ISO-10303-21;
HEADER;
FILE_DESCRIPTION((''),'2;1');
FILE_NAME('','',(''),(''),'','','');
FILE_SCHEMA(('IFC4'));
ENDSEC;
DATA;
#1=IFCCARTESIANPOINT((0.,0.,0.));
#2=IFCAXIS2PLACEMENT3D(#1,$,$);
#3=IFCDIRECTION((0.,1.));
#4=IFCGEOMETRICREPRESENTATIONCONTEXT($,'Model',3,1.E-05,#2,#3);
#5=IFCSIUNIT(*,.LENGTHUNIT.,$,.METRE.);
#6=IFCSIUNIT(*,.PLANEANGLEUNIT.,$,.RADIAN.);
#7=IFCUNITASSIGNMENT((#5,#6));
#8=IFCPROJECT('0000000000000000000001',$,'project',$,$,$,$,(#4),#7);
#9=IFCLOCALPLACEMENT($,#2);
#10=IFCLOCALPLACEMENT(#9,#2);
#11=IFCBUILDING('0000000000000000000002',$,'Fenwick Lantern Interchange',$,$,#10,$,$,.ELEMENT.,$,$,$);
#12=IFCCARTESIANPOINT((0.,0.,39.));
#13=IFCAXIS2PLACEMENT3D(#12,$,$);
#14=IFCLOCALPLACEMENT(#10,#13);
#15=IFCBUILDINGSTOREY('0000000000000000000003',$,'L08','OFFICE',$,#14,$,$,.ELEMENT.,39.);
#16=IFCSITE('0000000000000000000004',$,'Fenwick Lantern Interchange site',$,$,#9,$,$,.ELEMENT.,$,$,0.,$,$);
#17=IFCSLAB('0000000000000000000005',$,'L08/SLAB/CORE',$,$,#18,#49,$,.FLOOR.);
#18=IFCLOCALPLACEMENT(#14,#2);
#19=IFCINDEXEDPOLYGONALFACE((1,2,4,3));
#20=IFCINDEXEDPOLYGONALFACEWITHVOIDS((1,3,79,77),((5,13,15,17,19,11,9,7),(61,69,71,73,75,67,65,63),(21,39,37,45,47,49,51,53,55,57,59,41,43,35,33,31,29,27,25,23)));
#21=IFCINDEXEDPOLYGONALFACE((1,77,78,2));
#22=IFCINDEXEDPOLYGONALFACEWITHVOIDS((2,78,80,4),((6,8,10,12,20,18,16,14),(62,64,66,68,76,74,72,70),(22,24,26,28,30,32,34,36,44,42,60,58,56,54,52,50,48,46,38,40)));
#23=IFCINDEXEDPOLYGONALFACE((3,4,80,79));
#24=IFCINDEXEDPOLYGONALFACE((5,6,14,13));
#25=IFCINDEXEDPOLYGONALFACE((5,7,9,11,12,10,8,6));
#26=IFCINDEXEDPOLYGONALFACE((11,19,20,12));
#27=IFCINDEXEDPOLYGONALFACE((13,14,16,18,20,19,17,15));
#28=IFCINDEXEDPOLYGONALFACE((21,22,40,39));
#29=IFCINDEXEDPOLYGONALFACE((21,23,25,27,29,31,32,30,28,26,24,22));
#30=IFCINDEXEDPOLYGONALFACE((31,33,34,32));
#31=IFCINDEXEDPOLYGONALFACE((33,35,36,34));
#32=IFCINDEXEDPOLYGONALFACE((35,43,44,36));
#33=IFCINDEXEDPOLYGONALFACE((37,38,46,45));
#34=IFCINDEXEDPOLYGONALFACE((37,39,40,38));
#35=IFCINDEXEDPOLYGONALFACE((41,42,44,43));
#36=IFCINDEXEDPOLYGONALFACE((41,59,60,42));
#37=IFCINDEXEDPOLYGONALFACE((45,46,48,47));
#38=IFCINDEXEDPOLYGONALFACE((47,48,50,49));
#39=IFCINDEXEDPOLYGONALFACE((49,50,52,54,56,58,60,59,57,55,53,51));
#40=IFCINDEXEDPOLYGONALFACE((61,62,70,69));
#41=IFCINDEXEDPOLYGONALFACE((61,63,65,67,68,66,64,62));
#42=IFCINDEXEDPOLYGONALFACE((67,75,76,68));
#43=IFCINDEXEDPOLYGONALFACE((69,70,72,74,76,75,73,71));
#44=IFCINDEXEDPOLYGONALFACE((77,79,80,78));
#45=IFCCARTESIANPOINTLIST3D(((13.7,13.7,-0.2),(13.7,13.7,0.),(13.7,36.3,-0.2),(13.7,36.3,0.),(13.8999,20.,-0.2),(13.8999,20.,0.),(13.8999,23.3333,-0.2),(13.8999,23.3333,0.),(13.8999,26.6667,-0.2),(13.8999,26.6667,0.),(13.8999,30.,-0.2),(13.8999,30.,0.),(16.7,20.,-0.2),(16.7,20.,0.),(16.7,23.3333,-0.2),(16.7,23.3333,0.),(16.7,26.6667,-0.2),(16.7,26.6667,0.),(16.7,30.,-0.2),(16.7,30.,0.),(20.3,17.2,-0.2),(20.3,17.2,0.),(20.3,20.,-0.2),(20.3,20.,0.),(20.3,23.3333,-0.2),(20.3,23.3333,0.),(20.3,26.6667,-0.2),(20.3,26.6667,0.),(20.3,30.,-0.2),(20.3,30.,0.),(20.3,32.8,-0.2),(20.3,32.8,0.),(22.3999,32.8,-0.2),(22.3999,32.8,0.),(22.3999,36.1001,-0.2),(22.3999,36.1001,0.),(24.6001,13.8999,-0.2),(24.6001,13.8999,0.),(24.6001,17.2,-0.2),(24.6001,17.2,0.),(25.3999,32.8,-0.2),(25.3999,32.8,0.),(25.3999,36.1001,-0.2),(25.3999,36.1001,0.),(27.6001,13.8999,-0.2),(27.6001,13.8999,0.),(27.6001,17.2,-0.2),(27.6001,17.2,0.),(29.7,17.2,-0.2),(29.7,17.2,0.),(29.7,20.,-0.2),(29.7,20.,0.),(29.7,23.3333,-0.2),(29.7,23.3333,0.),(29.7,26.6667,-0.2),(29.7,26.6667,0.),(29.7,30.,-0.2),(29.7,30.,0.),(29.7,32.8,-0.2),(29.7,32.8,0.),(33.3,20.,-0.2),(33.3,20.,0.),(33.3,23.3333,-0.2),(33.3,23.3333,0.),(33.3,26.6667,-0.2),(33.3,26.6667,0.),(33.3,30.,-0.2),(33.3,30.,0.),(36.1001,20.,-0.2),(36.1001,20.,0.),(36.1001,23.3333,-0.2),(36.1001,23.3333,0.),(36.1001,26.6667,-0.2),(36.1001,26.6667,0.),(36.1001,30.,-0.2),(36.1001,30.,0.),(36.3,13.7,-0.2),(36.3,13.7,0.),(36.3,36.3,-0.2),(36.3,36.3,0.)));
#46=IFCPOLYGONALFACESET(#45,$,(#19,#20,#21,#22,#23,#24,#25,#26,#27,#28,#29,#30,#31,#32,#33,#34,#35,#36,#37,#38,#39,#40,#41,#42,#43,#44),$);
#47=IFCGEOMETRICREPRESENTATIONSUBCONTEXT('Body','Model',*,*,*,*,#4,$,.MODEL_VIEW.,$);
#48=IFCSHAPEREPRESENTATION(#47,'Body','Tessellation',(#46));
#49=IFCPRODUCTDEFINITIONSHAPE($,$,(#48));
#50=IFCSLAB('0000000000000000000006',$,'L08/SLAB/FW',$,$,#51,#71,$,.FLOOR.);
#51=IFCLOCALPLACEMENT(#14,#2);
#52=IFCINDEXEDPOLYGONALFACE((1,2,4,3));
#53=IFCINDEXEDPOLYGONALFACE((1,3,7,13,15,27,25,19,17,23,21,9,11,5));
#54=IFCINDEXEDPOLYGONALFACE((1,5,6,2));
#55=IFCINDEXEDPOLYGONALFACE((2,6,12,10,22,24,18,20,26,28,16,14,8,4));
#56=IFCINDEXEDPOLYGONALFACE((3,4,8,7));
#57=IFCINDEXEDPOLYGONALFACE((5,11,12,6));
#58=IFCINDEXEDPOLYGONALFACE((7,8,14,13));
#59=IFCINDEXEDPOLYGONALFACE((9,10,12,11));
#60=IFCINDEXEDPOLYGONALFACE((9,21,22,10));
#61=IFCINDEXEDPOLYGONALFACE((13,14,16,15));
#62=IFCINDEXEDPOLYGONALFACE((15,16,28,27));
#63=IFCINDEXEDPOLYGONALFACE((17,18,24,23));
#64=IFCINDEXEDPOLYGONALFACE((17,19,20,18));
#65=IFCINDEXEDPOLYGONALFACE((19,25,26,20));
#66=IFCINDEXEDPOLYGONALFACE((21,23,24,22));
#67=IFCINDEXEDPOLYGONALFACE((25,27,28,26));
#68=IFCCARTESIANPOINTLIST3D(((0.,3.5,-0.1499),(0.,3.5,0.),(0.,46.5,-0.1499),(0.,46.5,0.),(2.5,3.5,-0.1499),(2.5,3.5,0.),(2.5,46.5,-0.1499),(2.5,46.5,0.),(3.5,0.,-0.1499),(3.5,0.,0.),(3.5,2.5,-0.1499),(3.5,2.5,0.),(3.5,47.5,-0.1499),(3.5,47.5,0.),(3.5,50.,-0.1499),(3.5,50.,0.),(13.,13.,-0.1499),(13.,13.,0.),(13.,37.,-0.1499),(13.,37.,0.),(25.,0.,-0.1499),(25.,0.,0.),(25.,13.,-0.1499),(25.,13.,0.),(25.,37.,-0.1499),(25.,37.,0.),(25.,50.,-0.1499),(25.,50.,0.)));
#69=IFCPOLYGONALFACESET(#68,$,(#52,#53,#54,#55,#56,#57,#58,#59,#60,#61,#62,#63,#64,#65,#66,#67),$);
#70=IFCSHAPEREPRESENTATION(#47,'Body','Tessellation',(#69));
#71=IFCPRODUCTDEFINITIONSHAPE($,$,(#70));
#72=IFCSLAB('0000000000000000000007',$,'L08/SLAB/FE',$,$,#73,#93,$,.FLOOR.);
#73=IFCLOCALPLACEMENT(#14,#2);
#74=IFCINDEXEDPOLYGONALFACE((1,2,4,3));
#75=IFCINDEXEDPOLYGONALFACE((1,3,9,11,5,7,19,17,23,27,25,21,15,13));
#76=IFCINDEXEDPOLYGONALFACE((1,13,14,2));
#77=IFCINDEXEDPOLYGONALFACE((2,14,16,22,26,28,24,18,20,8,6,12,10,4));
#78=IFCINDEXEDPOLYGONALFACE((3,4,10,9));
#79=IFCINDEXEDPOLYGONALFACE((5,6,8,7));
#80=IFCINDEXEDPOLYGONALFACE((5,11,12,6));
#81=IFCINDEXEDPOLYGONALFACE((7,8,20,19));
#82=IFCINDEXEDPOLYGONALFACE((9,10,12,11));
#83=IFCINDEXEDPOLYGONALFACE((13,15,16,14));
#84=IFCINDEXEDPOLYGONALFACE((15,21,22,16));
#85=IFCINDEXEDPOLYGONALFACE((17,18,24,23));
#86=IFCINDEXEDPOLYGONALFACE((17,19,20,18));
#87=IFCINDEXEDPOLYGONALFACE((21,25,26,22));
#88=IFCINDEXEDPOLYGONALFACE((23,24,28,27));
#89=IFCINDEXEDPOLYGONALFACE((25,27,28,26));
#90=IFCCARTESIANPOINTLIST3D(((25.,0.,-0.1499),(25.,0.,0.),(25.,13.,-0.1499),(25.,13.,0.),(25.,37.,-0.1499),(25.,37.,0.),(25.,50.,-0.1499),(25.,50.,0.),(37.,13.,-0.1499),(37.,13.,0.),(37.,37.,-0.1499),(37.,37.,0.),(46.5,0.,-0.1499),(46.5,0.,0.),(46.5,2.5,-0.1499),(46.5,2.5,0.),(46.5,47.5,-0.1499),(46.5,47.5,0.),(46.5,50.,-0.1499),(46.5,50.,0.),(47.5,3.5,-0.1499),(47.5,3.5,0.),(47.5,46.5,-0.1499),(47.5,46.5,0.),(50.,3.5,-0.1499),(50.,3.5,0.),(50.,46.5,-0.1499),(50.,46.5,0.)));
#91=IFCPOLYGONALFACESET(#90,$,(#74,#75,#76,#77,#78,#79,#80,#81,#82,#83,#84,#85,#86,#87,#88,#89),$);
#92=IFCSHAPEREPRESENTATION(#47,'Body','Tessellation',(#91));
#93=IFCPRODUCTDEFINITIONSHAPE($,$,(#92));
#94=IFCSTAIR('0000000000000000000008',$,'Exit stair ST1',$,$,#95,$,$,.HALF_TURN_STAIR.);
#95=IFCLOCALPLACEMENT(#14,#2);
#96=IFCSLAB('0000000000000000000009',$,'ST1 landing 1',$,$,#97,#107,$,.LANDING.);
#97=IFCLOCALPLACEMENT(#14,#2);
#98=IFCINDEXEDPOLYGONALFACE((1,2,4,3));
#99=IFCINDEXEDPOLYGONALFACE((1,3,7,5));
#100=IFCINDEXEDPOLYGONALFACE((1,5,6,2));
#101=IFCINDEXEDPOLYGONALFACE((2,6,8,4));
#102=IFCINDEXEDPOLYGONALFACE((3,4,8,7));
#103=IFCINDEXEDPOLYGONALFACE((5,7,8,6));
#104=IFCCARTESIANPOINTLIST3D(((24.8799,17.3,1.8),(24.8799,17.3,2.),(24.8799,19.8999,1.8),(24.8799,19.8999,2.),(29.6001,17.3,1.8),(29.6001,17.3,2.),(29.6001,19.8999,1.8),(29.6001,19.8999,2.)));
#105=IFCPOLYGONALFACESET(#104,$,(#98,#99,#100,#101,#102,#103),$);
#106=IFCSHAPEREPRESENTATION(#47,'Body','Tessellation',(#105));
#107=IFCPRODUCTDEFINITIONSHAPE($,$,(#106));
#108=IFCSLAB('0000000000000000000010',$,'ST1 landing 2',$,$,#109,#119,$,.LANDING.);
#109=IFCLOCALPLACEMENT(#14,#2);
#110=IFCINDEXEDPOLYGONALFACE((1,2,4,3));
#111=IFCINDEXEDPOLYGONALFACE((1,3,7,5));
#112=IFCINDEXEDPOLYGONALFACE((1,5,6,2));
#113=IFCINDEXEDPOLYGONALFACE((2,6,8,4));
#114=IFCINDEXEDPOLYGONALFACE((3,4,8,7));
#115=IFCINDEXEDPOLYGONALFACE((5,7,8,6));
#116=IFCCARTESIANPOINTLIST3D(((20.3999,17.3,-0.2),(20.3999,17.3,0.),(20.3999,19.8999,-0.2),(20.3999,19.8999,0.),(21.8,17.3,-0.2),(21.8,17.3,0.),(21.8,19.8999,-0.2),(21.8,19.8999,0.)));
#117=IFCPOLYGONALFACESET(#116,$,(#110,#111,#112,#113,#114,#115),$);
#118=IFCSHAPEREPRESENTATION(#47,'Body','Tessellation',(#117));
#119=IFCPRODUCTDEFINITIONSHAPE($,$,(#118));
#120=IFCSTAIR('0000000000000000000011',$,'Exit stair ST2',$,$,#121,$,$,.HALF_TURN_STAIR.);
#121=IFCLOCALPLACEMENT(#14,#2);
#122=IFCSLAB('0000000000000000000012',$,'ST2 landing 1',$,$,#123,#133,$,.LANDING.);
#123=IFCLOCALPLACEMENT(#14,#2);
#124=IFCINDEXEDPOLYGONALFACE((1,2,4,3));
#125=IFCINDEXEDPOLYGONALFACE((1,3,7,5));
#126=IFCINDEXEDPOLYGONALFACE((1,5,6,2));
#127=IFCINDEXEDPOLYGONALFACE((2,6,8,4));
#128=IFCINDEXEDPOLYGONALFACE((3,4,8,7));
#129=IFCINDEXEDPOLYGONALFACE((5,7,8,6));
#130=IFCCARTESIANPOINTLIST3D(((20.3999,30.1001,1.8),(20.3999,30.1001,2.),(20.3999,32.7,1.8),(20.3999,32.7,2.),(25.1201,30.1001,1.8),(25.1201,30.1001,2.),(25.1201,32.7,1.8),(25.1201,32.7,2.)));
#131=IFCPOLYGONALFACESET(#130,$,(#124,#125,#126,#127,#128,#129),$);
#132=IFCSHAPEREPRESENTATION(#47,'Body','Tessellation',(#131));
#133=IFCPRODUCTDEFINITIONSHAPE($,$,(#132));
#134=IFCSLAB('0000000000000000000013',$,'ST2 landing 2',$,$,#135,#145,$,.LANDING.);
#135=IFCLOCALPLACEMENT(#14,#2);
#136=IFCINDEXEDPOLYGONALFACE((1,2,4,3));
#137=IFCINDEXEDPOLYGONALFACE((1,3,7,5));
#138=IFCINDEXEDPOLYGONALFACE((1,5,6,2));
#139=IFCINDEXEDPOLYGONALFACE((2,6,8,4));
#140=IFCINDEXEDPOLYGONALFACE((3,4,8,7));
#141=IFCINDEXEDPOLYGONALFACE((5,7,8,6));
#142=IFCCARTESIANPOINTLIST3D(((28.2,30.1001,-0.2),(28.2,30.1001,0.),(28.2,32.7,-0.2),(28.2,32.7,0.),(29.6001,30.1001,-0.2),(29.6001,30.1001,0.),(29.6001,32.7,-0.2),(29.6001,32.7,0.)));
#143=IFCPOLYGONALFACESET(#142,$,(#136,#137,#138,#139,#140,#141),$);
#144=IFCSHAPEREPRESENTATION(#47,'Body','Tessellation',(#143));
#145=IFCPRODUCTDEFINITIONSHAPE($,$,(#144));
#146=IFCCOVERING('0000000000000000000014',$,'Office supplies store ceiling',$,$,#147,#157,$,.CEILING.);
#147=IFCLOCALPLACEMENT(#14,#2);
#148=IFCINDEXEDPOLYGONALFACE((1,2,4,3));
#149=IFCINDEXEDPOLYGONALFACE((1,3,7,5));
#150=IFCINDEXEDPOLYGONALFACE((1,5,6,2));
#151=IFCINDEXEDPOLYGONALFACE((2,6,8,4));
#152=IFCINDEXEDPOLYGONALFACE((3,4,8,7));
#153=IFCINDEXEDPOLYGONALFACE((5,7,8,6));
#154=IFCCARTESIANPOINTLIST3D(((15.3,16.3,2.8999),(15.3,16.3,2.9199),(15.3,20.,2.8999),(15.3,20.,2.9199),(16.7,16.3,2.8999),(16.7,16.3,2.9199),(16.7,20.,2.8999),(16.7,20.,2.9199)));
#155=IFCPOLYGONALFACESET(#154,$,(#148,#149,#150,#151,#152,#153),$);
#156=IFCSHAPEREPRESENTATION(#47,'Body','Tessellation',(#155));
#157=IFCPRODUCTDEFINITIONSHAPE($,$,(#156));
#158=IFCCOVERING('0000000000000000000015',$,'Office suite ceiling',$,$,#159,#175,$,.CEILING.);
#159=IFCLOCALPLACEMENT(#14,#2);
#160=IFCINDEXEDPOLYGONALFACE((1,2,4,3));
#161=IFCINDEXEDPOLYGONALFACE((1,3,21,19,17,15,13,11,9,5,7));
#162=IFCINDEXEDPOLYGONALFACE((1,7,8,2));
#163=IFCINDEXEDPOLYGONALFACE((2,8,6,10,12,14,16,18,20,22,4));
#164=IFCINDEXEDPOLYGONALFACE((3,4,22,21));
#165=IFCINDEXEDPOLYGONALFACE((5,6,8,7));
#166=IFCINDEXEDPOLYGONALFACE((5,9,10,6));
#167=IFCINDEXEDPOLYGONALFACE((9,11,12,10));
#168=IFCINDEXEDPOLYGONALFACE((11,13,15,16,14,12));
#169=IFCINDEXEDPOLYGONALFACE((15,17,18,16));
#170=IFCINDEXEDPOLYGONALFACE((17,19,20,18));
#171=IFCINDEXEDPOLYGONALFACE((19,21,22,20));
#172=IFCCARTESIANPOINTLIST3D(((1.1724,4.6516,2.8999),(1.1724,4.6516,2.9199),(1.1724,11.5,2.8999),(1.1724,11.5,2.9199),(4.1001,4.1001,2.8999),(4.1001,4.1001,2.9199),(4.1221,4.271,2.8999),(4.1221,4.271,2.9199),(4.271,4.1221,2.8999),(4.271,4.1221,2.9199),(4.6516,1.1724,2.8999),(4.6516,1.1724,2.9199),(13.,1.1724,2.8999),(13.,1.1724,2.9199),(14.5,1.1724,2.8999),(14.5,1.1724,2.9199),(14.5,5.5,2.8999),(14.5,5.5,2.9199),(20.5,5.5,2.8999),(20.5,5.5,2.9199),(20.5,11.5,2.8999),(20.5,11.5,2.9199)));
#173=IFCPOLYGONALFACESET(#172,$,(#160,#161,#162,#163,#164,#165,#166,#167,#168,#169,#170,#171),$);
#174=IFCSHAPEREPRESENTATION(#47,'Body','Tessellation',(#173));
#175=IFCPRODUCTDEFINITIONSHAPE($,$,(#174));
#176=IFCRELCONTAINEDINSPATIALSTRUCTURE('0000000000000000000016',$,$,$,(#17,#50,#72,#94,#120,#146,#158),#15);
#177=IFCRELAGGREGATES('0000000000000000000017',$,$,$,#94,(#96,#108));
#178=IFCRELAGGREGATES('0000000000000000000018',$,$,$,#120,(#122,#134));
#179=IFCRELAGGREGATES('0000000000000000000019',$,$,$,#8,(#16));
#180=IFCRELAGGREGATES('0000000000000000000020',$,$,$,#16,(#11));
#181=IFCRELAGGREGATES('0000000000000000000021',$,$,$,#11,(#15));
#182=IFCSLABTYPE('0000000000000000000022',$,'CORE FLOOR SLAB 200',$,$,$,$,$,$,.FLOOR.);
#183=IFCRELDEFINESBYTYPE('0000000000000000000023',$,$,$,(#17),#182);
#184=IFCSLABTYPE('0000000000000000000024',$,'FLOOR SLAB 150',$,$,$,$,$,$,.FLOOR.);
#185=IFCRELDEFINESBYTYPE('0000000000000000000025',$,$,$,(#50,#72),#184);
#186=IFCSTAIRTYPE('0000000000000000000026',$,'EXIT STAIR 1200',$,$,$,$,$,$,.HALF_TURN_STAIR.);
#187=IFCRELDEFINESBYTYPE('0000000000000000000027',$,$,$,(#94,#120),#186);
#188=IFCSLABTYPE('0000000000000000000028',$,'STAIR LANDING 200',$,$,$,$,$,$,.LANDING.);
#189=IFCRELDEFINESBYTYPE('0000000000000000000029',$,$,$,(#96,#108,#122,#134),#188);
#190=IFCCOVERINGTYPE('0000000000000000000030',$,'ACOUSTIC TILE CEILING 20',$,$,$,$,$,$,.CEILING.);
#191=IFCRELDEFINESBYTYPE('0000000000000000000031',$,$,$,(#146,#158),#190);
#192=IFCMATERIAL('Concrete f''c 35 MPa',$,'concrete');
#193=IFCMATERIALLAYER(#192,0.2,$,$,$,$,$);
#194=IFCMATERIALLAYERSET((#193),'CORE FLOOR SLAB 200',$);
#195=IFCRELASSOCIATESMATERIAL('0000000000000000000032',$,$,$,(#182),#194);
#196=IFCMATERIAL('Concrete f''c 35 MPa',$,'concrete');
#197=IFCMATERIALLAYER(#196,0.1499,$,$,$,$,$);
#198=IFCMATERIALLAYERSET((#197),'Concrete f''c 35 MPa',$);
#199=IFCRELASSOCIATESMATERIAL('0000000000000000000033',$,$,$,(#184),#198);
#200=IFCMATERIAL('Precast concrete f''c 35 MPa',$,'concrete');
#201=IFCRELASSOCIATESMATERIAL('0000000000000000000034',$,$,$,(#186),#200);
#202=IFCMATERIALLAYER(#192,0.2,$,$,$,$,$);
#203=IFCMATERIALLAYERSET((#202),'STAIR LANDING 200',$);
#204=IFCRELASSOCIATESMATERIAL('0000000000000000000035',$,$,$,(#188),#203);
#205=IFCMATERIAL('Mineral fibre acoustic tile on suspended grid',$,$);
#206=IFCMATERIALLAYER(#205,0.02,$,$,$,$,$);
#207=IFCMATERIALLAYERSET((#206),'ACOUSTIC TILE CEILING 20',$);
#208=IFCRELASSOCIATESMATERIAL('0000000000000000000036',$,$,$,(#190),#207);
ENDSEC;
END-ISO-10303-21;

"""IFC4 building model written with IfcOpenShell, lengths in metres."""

from ifc_helpers import new_model, si_unit, direction, frame, origin, place, context, subcontext, project, spatial, polyline, outline, extrude, material, layer, layer_set, type_object, element, aggregate, save


model = new_model("IFC4")

# Units and contexts
model_context = context("Model", 3, precision=1e-05, world=origin(), true_north=direction((0.0, 1.0)))
body_context = subcontext(model_context, "Body", "Model", "MODEL_VIEW")
ifc_project = project(units=[si_unit("LENGTHUNIT", "METRE"), si_unit("PLANEANGLEUNIT", "RADIAN")], contexts=[model_context])

# Site, building, storey
site_placement = place(None, origin())
site = spatial("IfcSite", under=ifc_project, at=site_placement, Name="Fenwick Lantern Interchange site", CompositionType="ELEMENT", RefElevation=0.0)
building_placement = place(site_placement, origin())
building = spatial("IfcBuilding", under=site, at=building_placement, Name="Fenwick Lantern Interchange", CompositionType="ELEMENT")
storey_placement = place(building_placement, frame((0.0, 0.0, 39.0)))
storey = spatial("IfcBuildingStorey", under=building, at=storey_placement, Name="L08", Description="OFFICE", CompositionType="ELEMENT", Elevation=39.0)

# Slabs
ifc_material_1 = material(Name="Concrete f'c 35 MPa", Category="concrete")
ifc_layer_1 = layer(ifc_material_1, 0.2)
ifc_layer_set_1 = layer_set([ifc_layer_1], Name="CORE FLOOR SLAB 200")
slab_type_1 = type_object("IfcSlabType", Name="CORE FLOOR SLAB 200", PredefinedType="FLOOR", material=ifc_layer_set_1)
slab_1_placement = place(storey_placement, frame((0.0, 0.0, -0.2)))
element("IfcSlab", 1, at=slab_1_placement, inside=storey, type_object=slab_type_1, Name="L08/SLAB/CORE", PredefinedType="FLOOR", context=body_context, shape_type="SweptSolid", body=[
    extrude(outline(polyline([(13.7, 36.3), (36.3, 36.3), (36.3, 13.7), (13.7, 13.7), (13.7, 36.3)]), holes=[polyline([(13.8999, 20.0), (16.7, 20.0), (16.7, 23.3333), (16.7, 26.6667), (16.7, 30.0), (13.8999, 30.0), (13.8999, 26.6667), (13.8999, 23.3333), (13.8999, 20.0)]), polyline([(20.3, 20.0), (20.3, 17.2), (24.6001, 17.2), (24.6001, 13.8999), (27.6001, 13.8999), (27.6001, 17.2), (29.7, 17.2), (29.7, 20.0), (29.7, 23.3333), (29.7, 26.6667), (29.7, 30.0), (29.7, 32.8), (25.3999, 32.8), (25.3999, 36.1001), (22.3999, 36.1001), (22.3999, 32.8), (20.3, 32.8), (20.3, 30.0), (20.3, 26.6667), (20.3, 23.3333), (20.3, 20.0)]), polyline([(33.3, 23.3333), (33.3, 20.0), (36.1001, 20.0), (36.1001, 23.3333), (36.1001, 26.6667), (36.1001, 30.0), (33.3, 30.0), (33.3, 26.6667), (33.3, 23.3333)])]), origin(), (0.0, 0.0, 1.0), 0.2),
])
ifc_material_2 = material(Name="Concrete f'c 35 MPa", Category="concrete")
ifc_layer_2 = layer(ifc_material_2, 0.1499)
ifc_layer_set_2 = layer_set([ifc_layer_2], Name="Concrete f'c 35 MPa")
slab_type_2 = type_object("IfcSlabType", Name="FLOOR SLAB 150", PredefinedType="FLOOR", material=ifc_layer_set_2)
slab_2_placement = place(storey_placement, frame((0.0, 0.0, -0.1499)))
element("IfcSlab", 2, at=slab_2_placement, inside=storey, type_object=slab_type_2, Name="L08/SLAB/FW", PredefinedType="FLOOR", context=body_context, shape_type="SweptSolid", body=[
    extrude(outline(polyline([(3.5, 0.0), (3.5, 2.5), (2.5, 3.5), (0.0, 3.5), (0.0, 46.5), (2.5, 46.5), (3.5, 47.5), (3.5, 50.0), (25.0, 50.0), (25.0, 37.0), (13.0, 37.0), (13.0, 13.0), (25.0, 13.0), (25.0, 0.0), (3.5, 0.0)])), origin(), (0.0, 0.0, 1.0), 0.1499),
])
slab_3_placement = place(storey_placement, frame((0.0, 0.0, -0.1499)))
element("IfcSlab", 3, at=slab_3_placement, inside=storey, type_object=slab_type_2, Name="L08/SLAB/FE", PredefinedType="FLOOR", context=body_context, shape_type="SweptSolid", body=[
    extrude(outline(polyline([(46.5, 50.0), (46.5, 47.5), (47.5, 46.5), (50.0, 46.5), (50.0, 3.5), (47.5, 3.5), (46.5, 2.5), (46.5, 0.0), (25.0, 0.0), (25.0, 13.0), (37.0, 13.0), (37.0, 37.0), (25.0, 37.0), (25.0, 50.0), (46.5, 50.0)])), origin(), (0.0, 0.0, 1.0), 0.1499),
])

# Stairs, slabs
ifc_material_3 = material(Name="Precast concrete f'c 35 MPa", Category="concrete")
stair_type = type_object("IfcStairType", Name="EXIT STAIR 1200", PredefinedType="HALF_TURN_STAIR", material=ifc_material_3)
stair_1_placement = place(storey_placement, origin())
stair_1 = element("IfcStair", 4, at=stair_1_placement, inside=storey, type_object=stair_type, Name="Exit stair ST1", PredefinedType="HALF_TURN_STAIR")
ifc_layer_3 = layer(ifc_material_1, 0.2)
ifc_layer_set_3 = layer_set([ifc_layer_3], Name="STAIR LANDING 200")
slab_type_3 = type_object("IfcSlabType", Name="STAIR LANDING 200", PredefinedType="LANDING", material=ifc_layer_set_3)
slab_4_placement = place(storey_placement, frame((0.0, 0.0, 1.8)))
slab_4 = element("IfcSlab", 5, at=slab_4_placement, type_object=slab_type_3, Name="ST1 landing 1", PredefinedType="LANDING", context=body_context, shape_type="SweptSolid", body=[
    extrude(outline(polyline([(24.8799, 17.3), (29.6001, 17.3), (29.6001, 19.8999), (24.8799, 19.8999), (24.8799, 17.3)])), origin(), (0.0, 0.0, 1.0), 0.2),
])
slab_5_placement = place(storey_placement, frame((0.0, 0.0, -0.2)))
slab_5 = element("IfcSlab", 6, at=slab_5_placement, type_object=slab_type_3, Name="ST1 landing 2", PredefinedType="LANDING", context=body_context, shape_type="SweptSolid", body=[
    extrude(outline(polyline([(20.3999, 17.3), (21.8, 17.3), (21.8, 19.8999), (20.3999, 19.8999), (20.3999, 17.3)])), origin(), (0.0, 0.0, 1.0), 0.2),
])
aggregate(stair_1, [slab_4, slab_5])
stair_2_placement = place(storey_placement, origin())
stair_2 = element("IfcStair", 7, at=stair_2_placement, inside=storey, type_object=stair_type, Name="Exit stair ST2", PredefinedType="HALF_TURN_STAIR")
slab_6_placement = place(storey_placement, frame((0.0, 0.0, 1.8)))
slab_6 = element("IfcSlab", 8, at=slab_6_placement, type_object=slab_type_3, Name="ST2 landing 1", PredefinedType="LANDING", context=body_context, shape_type="SweptSolid", body=[
    extrude(outline(polyline([(25.1201, 32.7), (20.3999, 32.7), (20.3999, 30.1001), (25.1201, 30.1001), (25.1201, 32.7)])), origin(), (0.0, 0.0, 1.0), 0.2),
])
slab_7_placement = place(storey_placement, frame((0.0, 0.0, -0.2)))
slab_7 = element("IfcSlab", 9, at=slab_7_placement, type_object=slab_type_3, Name="ST2 landing 2", PredefinedType="LANDING", context=body_context, shape_type="SweptSolid", body=[
    extrude(outline(polyline([(29.6001, 32.7), (28.2, 32.7), (28.2, 30.1001), (29.6001, 30.1001), (29.6001, 32.7)])), origin(), (0.0, 0.0, 1.0), 0.2),
])
aggregate(stair_2, [slab_6, slab_7])

# Coverings
ifc_material_4 = material(Name="Mineral fibre acoustic tile on suspended grid")
ifc_layer_4 = layer(ifc_material_4, 0.02)
ifc_layer_set_4 = layer_set([ifc_layer_4], Name="ACOUSTIC TILE CEILING 20")
covering_type_1 = type_object("IfcCoveringType", Name="ACOUSTIC TILE CEILING 20", PredefinedType="CEILING", material=ifc_layer_set_4)
covering_1_placement = place(storey_placement, frame((0.0, 0.0, 2.8999)))
element("IfcCovering", 10, at=covering_1_placement, inside=storey, type_object=covering_type_1, Name="Office supplies store ceiling", PredefinedType="CEILING", context=body_context, shape_type="SweptSolid", body=[
    extrude(outline(polyline([(15.3, 16.3), (16.7, 16.3), (16.7, 20.0), (15.3, 20.0), (15.3, 16.3)])), origin(), (0.0, 0.0, 1.0), 0.02),
])
covering_2_placement = place(storey_placement, frame((0.0, 0.0, 2.8999)))
element("IfcCovering", 11, at=covering_2_placement, inside=storey, type_object=covering_type_1, Name="Office suite ceiling", PredefinedType="CEILING", context=body_context, shape_type="SweptSolid", body=[
    extrude(outline(polyline([(20.5, 11.5), (1.1724, 11.5), (1.1724, 4.6516), (4.1221, 4.271), (4.1001, 4.1001), (4.271, 4.1221), (4.6516, 1.1724), (13.0, 1.1724), (14.5, 1.1724), (14.5, 5.5), (20.5, 5.5), (20.5, 11.5)])), origin(), (0.0, 0.0, 1.0), 0.02),
])

save(model, "model.ifc")
